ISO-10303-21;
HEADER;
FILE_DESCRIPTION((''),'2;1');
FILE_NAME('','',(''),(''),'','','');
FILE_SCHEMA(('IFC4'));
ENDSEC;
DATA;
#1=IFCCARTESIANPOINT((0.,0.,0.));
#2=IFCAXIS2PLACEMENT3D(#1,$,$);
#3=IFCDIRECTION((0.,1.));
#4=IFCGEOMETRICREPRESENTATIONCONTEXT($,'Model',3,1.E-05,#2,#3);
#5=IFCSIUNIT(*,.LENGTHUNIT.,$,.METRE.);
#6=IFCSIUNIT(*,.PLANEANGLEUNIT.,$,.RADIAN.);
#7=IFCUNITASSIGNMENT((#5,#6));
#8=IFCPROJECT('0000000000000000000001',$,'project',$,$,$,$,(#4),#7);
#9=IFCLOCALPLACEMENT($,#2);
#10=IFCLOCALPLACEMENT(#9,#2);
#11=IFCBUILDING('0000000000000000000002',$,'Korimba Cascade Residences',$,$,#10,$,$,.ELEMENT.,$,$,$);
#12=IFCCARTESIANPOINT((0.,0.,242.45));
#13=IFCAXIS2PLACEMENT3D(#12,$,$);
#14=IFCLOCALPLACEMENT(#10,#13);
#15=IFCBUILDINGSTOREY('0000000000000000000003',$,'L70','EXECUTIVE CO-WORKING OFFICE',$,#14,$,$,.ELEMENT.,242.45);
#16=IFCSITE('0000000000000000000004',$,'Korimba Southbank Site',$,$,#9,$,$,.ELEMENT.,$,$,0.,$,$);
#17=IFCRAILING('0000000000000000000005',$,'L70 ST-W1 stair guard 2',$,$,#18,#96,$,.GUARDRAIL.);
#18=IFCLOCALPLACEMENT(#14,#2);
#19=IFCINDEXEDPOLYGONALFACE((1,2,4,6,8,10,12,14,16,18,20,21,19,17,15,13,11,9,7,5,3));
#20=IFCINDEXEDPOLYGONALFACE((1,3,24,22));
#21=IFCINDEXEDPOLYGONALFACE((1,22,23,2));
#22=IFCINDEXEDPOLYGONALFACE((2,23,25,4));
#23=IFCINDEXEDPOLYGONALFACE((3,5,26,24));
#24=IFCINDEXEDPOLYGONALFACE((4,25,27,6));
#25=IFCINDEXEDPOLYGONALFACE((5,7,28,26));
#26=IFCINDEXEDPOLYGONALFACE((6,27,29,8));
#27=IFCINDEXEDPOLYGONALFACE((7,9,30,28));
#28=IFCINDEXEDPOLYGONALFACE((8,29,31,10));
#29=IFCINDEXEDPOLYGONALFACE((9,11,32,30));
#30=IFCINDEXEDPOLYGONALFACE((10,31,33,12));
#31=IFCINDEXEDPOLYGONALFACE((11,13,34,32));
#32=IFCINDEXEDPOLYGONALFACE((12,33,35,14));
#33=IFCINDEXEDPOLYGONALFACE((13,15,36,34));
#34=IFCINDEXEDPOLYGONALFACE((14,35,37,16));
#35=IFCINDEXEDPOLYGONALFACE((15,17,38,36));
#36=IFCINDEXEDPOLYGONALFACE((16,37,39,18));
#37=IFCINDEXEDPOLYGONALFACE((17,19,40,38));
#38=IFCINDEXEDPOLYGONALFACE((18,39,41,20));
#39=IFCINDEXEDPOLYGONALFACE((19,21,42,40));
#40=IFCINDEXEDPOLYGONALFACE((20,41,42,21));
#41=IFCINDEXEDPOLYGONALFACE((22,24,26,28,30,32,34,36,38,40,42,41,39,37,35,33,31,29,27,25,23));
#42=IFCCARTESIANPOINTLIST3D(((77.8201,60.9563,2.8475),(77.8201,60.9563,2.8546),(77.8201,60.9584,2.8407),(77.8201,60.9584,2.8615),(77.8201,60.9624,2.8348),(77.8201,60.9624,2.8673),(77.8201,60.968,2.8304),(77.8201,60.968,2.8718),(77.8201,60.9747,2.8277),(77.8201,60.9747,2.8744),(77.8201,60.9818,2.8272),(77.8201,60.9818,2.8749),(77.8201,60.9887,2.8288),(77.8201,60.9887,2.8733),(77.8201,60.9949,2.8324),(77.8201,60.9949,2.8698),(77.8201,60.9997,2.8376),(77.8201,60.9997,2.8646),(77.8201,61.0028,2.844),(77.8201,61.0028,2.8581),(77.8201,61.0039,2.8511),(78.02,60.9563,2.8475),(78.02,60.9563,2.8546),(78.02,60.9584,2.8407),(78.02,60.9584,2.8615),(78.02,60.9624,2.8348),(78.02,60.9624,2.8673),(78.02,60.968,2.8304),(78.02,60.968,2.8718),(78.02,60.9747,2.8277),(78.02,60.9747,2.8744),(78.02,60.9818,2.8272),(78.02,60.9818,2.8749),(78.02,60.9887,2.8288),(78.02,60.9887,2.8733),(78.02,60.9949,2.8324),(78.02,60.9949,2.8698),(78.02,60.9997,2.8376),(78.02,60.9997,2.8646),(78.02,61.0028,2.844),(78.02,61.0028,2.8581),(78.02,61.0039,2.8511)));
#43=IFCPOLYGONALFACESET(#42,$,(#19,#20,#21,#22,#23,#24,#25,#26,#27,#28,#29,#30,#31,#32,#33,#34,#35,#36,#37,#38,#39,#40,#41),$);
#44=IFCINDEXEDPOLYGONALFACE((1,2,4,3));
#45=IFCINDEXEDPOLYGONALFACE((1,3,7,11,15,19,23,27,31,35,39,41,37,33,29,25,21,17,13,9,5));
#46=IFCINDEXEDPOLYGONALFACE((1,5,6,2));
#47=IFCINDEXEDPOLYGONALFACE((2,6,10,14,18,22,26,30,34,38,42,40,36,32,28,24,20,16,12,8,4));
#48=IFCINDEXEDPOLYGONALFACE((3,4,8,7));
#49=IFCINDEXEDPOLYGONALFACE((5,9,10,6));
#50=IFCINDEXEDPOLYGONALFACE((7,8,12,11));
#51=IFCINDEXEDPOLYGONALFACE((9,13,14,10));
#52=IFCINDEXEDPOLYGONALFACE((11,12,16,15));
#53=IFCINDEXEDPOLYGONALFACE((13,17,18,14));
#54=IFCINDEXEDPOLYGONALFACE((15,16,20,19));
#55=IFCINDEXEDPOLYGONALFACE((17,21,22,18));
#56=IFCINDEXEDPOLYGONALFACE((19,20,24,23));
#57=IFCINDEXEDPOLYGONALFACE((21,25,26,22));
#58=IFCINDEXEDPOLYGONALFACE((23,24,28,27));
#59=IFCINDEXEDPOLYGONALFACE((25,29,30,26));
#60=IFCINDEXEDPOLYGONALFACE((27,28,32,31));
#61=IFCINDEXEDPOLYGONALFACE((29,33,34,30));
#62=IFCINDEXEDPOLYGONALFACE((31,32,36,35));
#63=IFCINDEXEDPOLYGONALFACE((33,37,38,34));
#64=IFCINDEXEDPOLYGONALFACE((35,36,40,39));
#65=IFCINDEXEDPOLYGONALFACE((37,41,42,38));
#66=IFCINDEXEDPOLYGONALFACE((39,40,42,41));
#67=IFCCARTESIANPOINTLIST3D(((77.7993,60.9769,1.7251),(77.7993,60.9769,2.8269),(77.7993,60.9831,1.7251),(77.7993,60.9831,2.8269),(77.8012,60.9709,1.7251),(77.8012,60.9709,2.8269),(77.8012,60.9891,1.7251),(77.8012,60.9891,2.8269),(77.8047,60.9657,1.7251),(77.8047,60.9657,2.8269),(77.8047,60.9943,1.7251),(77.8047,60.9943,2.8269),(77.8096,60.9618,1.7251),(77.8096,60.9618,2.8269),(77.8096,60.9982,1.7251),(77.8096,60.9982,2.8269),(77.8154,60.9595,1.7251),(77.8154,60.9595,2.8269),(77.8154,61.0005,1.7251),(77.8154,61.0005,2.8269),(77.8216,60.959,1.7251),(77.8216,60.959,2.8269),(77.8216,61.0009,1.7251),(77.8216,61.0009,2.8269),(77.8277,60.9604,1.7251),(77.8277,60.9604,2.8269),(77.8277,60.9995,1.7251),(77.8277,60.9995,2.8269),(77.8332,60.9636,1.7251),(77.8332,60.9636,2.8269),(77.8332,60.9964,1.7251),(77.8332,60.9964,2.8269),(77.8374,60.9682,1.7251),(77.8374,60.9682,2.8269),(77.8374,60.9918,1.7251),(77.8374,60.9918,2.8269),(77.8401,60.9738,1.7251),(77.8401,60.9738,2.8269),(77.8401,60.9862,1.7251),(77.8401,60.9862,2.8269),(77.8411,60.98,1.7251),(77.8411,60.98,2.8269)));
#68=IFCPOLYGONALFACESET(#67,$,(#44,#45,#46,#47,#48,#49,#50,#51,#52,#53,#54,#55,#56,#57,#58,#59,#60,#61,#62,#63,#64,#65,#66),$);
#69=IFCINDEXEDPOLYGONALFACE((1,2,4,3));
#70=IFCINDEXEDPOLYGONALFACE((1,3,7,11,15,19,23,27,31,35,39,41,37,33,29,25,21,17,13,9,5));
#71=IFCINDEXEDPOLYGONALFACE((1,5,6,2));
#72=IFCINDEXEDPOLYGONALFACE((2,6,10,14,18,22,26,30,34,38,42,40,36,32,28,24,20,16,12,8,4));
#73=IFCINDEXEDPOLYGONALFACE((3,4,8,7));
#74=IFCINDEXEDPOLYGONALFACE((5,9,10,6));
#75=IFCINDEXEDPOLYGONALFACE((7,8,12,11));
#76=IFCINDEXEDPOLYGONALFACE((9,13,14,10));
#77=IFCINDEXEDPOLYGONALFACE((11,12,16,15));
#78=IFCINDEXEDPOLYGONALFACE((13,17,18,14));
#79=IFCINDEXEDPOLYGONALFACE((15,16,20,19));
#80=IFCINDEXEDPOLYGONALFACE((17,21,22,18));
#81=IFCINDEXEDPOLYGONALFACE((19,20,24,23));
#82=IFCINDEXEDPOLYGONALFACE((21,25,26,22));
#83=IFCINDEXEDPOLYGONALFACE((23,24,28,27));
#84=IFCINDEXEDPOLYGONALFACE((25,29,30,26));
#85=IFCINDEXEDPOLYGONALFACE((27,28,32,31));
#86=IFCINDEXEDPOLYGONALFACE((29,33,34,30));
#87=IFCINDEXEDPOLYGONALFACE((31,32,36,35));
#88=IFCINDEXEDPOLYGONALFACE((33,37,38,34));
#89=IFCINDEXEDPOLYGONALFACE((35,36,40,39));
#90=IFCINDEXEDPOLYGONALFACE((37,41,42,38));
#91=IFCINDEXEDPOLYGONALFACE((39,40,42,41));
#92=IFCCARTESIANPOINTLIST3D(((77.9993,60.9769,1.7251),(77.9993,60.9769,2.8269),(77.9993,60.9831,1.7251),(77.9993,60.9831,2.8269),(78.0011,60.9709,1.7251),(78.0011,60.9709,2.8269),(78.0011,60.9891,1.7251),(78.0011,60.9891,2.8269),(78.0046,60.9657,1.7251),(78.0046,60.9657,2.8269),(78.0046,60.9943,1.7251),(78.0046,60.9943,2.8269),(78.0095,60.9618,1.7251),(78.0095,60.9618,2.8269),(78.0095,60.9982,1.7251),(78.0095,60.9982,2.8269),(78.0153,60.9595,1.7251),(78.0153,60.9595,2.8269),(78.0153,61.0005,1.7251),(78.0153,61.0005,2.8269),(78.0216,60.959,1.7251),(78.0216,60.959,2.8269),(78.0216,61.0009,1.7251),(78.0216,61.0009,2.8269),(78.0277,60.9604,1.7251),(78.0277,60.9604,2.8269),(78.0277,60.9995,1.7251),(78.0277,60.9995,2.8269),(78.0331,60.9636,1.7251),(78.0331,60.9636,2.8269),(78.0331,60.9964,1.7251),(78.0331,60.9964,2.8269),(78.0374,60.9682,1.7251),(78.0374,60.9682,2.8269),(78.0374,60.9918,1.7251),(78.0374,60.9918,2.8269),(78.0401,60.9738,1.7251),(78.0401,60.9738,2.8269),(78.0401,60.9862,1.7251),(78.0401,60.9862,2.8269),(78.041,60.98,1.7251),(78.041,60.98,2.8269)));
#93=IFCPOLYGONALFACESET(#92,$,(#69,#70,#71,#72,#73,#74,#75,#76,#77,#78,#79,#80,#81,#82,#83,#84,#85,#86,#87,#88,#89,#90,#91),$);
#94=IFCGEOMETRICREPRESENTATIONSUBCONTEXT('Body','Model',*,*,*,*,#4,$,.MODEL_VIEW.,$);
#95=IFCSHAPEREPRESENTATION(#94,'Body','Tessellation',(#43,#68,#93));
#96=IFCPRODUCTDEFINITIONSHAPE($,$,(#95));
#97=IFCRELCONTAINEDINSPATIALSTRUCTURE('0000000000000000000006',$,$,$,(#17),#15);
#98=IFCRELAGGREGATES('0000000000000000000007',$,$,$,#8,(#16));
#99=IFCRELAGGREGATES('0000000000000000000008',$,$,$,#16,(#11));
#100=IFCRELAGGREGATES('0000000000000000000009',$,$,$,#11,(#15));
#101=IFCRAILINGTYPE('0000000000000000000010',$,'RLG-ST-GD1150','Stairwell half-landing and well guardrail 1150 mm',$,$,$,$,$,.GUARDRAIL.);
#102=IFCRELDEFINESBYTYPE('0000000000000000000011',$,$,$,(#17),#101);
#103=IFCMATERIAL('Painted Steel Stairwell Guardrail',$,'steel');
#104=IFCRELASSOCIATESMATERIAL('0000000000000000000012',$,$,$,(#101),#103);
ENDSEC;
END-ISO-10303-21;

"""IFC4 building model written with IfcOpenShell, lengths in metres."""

from ifc_helpers import new_model, si_unit, direction, frame, origin, origin_2d, place, context, subcontext, project, spatial, circle, extrude, material, type_object, element, save


model = new_model("IFC4")

# Units and contexts
model_context = context("Model", 3, precision=1e-05, world=origin(), true_north=direction((0.0, 1.0)))
body_context = subcontext(model_context, "Body", "Model", "MODEL_VIEW")
ifc_project = project(units=[si_unit("LENGTHUNIT", "METRE"), si_unit("PLANEANGLEUNIT", "RADIAN")], contexts=[model_context])

# Site, building, storey
site_placement = place(None, origin())
site = spatial("IfcSite", under=ifc_project, at=site_placement, Name="Korimba Southbank Site", CompositionType="ELEMENT", RefElevation=0.0)
building_placement = place(site_placement, origin())
building = spatial("IfcBuilding", under=site, at=building_placement, Name="Korimba Cascade Residences", CompositionType="ELEMENT")
storey_placement = place(building_placement, frame((0.0, 0.0, 242.45)))
storey = spatial("IfcBuildingStorey", under=building, at=storey_placement, Name="L70", Description="EXECUTIVE CO-WORKING OFFICE", CompositionType="ELEMENT", Elevation=242.45)

# Railing
ifc_material_1 = material(Name="Painted Steel Stairwell Guardrail", Category="steel")
railing_type_1 = type_object("IfcRailingType", Name="RLG-ST-GD1150", Description="Stairwell half-landing and well guardrail 1150 mm", PredefinedType="GUARDRAIL", material=ifc_material_1)
railing_1_placement = place(storey_placement, frame((77.8201, 60.98, 1.7251)))
element("IfcRailing", 1, at=railing_1_placement, inside=storey, type_object=railing_type_1, Name="L70 ST-W1 stair guard 2", PredefinedType="GUARDRAIL", context=body_context, shape_type="SweptSolid", body=[
    extrude(circle(Radius=0.0239, at=origin_2d()), frame((0.0, 0.0, 1.126), z_axis=(1.0, 0.0, 0.0), x_axis=(0.0, 1.0, 0.0)), (0.0, 0.0, 1.0), 0.2),
    extrude(circle(Radius=0.021, at=origin_2d()), origin(), (0.0, 0.0, 1.0), 1.1018),
    extrude(circle(Radius=0.021, at=origin_2d()), frame((0.2, 0.0, 0.0)), (0.0, 0.0, 1.0), 1.1018),
])

save(model, "model.ifc")
